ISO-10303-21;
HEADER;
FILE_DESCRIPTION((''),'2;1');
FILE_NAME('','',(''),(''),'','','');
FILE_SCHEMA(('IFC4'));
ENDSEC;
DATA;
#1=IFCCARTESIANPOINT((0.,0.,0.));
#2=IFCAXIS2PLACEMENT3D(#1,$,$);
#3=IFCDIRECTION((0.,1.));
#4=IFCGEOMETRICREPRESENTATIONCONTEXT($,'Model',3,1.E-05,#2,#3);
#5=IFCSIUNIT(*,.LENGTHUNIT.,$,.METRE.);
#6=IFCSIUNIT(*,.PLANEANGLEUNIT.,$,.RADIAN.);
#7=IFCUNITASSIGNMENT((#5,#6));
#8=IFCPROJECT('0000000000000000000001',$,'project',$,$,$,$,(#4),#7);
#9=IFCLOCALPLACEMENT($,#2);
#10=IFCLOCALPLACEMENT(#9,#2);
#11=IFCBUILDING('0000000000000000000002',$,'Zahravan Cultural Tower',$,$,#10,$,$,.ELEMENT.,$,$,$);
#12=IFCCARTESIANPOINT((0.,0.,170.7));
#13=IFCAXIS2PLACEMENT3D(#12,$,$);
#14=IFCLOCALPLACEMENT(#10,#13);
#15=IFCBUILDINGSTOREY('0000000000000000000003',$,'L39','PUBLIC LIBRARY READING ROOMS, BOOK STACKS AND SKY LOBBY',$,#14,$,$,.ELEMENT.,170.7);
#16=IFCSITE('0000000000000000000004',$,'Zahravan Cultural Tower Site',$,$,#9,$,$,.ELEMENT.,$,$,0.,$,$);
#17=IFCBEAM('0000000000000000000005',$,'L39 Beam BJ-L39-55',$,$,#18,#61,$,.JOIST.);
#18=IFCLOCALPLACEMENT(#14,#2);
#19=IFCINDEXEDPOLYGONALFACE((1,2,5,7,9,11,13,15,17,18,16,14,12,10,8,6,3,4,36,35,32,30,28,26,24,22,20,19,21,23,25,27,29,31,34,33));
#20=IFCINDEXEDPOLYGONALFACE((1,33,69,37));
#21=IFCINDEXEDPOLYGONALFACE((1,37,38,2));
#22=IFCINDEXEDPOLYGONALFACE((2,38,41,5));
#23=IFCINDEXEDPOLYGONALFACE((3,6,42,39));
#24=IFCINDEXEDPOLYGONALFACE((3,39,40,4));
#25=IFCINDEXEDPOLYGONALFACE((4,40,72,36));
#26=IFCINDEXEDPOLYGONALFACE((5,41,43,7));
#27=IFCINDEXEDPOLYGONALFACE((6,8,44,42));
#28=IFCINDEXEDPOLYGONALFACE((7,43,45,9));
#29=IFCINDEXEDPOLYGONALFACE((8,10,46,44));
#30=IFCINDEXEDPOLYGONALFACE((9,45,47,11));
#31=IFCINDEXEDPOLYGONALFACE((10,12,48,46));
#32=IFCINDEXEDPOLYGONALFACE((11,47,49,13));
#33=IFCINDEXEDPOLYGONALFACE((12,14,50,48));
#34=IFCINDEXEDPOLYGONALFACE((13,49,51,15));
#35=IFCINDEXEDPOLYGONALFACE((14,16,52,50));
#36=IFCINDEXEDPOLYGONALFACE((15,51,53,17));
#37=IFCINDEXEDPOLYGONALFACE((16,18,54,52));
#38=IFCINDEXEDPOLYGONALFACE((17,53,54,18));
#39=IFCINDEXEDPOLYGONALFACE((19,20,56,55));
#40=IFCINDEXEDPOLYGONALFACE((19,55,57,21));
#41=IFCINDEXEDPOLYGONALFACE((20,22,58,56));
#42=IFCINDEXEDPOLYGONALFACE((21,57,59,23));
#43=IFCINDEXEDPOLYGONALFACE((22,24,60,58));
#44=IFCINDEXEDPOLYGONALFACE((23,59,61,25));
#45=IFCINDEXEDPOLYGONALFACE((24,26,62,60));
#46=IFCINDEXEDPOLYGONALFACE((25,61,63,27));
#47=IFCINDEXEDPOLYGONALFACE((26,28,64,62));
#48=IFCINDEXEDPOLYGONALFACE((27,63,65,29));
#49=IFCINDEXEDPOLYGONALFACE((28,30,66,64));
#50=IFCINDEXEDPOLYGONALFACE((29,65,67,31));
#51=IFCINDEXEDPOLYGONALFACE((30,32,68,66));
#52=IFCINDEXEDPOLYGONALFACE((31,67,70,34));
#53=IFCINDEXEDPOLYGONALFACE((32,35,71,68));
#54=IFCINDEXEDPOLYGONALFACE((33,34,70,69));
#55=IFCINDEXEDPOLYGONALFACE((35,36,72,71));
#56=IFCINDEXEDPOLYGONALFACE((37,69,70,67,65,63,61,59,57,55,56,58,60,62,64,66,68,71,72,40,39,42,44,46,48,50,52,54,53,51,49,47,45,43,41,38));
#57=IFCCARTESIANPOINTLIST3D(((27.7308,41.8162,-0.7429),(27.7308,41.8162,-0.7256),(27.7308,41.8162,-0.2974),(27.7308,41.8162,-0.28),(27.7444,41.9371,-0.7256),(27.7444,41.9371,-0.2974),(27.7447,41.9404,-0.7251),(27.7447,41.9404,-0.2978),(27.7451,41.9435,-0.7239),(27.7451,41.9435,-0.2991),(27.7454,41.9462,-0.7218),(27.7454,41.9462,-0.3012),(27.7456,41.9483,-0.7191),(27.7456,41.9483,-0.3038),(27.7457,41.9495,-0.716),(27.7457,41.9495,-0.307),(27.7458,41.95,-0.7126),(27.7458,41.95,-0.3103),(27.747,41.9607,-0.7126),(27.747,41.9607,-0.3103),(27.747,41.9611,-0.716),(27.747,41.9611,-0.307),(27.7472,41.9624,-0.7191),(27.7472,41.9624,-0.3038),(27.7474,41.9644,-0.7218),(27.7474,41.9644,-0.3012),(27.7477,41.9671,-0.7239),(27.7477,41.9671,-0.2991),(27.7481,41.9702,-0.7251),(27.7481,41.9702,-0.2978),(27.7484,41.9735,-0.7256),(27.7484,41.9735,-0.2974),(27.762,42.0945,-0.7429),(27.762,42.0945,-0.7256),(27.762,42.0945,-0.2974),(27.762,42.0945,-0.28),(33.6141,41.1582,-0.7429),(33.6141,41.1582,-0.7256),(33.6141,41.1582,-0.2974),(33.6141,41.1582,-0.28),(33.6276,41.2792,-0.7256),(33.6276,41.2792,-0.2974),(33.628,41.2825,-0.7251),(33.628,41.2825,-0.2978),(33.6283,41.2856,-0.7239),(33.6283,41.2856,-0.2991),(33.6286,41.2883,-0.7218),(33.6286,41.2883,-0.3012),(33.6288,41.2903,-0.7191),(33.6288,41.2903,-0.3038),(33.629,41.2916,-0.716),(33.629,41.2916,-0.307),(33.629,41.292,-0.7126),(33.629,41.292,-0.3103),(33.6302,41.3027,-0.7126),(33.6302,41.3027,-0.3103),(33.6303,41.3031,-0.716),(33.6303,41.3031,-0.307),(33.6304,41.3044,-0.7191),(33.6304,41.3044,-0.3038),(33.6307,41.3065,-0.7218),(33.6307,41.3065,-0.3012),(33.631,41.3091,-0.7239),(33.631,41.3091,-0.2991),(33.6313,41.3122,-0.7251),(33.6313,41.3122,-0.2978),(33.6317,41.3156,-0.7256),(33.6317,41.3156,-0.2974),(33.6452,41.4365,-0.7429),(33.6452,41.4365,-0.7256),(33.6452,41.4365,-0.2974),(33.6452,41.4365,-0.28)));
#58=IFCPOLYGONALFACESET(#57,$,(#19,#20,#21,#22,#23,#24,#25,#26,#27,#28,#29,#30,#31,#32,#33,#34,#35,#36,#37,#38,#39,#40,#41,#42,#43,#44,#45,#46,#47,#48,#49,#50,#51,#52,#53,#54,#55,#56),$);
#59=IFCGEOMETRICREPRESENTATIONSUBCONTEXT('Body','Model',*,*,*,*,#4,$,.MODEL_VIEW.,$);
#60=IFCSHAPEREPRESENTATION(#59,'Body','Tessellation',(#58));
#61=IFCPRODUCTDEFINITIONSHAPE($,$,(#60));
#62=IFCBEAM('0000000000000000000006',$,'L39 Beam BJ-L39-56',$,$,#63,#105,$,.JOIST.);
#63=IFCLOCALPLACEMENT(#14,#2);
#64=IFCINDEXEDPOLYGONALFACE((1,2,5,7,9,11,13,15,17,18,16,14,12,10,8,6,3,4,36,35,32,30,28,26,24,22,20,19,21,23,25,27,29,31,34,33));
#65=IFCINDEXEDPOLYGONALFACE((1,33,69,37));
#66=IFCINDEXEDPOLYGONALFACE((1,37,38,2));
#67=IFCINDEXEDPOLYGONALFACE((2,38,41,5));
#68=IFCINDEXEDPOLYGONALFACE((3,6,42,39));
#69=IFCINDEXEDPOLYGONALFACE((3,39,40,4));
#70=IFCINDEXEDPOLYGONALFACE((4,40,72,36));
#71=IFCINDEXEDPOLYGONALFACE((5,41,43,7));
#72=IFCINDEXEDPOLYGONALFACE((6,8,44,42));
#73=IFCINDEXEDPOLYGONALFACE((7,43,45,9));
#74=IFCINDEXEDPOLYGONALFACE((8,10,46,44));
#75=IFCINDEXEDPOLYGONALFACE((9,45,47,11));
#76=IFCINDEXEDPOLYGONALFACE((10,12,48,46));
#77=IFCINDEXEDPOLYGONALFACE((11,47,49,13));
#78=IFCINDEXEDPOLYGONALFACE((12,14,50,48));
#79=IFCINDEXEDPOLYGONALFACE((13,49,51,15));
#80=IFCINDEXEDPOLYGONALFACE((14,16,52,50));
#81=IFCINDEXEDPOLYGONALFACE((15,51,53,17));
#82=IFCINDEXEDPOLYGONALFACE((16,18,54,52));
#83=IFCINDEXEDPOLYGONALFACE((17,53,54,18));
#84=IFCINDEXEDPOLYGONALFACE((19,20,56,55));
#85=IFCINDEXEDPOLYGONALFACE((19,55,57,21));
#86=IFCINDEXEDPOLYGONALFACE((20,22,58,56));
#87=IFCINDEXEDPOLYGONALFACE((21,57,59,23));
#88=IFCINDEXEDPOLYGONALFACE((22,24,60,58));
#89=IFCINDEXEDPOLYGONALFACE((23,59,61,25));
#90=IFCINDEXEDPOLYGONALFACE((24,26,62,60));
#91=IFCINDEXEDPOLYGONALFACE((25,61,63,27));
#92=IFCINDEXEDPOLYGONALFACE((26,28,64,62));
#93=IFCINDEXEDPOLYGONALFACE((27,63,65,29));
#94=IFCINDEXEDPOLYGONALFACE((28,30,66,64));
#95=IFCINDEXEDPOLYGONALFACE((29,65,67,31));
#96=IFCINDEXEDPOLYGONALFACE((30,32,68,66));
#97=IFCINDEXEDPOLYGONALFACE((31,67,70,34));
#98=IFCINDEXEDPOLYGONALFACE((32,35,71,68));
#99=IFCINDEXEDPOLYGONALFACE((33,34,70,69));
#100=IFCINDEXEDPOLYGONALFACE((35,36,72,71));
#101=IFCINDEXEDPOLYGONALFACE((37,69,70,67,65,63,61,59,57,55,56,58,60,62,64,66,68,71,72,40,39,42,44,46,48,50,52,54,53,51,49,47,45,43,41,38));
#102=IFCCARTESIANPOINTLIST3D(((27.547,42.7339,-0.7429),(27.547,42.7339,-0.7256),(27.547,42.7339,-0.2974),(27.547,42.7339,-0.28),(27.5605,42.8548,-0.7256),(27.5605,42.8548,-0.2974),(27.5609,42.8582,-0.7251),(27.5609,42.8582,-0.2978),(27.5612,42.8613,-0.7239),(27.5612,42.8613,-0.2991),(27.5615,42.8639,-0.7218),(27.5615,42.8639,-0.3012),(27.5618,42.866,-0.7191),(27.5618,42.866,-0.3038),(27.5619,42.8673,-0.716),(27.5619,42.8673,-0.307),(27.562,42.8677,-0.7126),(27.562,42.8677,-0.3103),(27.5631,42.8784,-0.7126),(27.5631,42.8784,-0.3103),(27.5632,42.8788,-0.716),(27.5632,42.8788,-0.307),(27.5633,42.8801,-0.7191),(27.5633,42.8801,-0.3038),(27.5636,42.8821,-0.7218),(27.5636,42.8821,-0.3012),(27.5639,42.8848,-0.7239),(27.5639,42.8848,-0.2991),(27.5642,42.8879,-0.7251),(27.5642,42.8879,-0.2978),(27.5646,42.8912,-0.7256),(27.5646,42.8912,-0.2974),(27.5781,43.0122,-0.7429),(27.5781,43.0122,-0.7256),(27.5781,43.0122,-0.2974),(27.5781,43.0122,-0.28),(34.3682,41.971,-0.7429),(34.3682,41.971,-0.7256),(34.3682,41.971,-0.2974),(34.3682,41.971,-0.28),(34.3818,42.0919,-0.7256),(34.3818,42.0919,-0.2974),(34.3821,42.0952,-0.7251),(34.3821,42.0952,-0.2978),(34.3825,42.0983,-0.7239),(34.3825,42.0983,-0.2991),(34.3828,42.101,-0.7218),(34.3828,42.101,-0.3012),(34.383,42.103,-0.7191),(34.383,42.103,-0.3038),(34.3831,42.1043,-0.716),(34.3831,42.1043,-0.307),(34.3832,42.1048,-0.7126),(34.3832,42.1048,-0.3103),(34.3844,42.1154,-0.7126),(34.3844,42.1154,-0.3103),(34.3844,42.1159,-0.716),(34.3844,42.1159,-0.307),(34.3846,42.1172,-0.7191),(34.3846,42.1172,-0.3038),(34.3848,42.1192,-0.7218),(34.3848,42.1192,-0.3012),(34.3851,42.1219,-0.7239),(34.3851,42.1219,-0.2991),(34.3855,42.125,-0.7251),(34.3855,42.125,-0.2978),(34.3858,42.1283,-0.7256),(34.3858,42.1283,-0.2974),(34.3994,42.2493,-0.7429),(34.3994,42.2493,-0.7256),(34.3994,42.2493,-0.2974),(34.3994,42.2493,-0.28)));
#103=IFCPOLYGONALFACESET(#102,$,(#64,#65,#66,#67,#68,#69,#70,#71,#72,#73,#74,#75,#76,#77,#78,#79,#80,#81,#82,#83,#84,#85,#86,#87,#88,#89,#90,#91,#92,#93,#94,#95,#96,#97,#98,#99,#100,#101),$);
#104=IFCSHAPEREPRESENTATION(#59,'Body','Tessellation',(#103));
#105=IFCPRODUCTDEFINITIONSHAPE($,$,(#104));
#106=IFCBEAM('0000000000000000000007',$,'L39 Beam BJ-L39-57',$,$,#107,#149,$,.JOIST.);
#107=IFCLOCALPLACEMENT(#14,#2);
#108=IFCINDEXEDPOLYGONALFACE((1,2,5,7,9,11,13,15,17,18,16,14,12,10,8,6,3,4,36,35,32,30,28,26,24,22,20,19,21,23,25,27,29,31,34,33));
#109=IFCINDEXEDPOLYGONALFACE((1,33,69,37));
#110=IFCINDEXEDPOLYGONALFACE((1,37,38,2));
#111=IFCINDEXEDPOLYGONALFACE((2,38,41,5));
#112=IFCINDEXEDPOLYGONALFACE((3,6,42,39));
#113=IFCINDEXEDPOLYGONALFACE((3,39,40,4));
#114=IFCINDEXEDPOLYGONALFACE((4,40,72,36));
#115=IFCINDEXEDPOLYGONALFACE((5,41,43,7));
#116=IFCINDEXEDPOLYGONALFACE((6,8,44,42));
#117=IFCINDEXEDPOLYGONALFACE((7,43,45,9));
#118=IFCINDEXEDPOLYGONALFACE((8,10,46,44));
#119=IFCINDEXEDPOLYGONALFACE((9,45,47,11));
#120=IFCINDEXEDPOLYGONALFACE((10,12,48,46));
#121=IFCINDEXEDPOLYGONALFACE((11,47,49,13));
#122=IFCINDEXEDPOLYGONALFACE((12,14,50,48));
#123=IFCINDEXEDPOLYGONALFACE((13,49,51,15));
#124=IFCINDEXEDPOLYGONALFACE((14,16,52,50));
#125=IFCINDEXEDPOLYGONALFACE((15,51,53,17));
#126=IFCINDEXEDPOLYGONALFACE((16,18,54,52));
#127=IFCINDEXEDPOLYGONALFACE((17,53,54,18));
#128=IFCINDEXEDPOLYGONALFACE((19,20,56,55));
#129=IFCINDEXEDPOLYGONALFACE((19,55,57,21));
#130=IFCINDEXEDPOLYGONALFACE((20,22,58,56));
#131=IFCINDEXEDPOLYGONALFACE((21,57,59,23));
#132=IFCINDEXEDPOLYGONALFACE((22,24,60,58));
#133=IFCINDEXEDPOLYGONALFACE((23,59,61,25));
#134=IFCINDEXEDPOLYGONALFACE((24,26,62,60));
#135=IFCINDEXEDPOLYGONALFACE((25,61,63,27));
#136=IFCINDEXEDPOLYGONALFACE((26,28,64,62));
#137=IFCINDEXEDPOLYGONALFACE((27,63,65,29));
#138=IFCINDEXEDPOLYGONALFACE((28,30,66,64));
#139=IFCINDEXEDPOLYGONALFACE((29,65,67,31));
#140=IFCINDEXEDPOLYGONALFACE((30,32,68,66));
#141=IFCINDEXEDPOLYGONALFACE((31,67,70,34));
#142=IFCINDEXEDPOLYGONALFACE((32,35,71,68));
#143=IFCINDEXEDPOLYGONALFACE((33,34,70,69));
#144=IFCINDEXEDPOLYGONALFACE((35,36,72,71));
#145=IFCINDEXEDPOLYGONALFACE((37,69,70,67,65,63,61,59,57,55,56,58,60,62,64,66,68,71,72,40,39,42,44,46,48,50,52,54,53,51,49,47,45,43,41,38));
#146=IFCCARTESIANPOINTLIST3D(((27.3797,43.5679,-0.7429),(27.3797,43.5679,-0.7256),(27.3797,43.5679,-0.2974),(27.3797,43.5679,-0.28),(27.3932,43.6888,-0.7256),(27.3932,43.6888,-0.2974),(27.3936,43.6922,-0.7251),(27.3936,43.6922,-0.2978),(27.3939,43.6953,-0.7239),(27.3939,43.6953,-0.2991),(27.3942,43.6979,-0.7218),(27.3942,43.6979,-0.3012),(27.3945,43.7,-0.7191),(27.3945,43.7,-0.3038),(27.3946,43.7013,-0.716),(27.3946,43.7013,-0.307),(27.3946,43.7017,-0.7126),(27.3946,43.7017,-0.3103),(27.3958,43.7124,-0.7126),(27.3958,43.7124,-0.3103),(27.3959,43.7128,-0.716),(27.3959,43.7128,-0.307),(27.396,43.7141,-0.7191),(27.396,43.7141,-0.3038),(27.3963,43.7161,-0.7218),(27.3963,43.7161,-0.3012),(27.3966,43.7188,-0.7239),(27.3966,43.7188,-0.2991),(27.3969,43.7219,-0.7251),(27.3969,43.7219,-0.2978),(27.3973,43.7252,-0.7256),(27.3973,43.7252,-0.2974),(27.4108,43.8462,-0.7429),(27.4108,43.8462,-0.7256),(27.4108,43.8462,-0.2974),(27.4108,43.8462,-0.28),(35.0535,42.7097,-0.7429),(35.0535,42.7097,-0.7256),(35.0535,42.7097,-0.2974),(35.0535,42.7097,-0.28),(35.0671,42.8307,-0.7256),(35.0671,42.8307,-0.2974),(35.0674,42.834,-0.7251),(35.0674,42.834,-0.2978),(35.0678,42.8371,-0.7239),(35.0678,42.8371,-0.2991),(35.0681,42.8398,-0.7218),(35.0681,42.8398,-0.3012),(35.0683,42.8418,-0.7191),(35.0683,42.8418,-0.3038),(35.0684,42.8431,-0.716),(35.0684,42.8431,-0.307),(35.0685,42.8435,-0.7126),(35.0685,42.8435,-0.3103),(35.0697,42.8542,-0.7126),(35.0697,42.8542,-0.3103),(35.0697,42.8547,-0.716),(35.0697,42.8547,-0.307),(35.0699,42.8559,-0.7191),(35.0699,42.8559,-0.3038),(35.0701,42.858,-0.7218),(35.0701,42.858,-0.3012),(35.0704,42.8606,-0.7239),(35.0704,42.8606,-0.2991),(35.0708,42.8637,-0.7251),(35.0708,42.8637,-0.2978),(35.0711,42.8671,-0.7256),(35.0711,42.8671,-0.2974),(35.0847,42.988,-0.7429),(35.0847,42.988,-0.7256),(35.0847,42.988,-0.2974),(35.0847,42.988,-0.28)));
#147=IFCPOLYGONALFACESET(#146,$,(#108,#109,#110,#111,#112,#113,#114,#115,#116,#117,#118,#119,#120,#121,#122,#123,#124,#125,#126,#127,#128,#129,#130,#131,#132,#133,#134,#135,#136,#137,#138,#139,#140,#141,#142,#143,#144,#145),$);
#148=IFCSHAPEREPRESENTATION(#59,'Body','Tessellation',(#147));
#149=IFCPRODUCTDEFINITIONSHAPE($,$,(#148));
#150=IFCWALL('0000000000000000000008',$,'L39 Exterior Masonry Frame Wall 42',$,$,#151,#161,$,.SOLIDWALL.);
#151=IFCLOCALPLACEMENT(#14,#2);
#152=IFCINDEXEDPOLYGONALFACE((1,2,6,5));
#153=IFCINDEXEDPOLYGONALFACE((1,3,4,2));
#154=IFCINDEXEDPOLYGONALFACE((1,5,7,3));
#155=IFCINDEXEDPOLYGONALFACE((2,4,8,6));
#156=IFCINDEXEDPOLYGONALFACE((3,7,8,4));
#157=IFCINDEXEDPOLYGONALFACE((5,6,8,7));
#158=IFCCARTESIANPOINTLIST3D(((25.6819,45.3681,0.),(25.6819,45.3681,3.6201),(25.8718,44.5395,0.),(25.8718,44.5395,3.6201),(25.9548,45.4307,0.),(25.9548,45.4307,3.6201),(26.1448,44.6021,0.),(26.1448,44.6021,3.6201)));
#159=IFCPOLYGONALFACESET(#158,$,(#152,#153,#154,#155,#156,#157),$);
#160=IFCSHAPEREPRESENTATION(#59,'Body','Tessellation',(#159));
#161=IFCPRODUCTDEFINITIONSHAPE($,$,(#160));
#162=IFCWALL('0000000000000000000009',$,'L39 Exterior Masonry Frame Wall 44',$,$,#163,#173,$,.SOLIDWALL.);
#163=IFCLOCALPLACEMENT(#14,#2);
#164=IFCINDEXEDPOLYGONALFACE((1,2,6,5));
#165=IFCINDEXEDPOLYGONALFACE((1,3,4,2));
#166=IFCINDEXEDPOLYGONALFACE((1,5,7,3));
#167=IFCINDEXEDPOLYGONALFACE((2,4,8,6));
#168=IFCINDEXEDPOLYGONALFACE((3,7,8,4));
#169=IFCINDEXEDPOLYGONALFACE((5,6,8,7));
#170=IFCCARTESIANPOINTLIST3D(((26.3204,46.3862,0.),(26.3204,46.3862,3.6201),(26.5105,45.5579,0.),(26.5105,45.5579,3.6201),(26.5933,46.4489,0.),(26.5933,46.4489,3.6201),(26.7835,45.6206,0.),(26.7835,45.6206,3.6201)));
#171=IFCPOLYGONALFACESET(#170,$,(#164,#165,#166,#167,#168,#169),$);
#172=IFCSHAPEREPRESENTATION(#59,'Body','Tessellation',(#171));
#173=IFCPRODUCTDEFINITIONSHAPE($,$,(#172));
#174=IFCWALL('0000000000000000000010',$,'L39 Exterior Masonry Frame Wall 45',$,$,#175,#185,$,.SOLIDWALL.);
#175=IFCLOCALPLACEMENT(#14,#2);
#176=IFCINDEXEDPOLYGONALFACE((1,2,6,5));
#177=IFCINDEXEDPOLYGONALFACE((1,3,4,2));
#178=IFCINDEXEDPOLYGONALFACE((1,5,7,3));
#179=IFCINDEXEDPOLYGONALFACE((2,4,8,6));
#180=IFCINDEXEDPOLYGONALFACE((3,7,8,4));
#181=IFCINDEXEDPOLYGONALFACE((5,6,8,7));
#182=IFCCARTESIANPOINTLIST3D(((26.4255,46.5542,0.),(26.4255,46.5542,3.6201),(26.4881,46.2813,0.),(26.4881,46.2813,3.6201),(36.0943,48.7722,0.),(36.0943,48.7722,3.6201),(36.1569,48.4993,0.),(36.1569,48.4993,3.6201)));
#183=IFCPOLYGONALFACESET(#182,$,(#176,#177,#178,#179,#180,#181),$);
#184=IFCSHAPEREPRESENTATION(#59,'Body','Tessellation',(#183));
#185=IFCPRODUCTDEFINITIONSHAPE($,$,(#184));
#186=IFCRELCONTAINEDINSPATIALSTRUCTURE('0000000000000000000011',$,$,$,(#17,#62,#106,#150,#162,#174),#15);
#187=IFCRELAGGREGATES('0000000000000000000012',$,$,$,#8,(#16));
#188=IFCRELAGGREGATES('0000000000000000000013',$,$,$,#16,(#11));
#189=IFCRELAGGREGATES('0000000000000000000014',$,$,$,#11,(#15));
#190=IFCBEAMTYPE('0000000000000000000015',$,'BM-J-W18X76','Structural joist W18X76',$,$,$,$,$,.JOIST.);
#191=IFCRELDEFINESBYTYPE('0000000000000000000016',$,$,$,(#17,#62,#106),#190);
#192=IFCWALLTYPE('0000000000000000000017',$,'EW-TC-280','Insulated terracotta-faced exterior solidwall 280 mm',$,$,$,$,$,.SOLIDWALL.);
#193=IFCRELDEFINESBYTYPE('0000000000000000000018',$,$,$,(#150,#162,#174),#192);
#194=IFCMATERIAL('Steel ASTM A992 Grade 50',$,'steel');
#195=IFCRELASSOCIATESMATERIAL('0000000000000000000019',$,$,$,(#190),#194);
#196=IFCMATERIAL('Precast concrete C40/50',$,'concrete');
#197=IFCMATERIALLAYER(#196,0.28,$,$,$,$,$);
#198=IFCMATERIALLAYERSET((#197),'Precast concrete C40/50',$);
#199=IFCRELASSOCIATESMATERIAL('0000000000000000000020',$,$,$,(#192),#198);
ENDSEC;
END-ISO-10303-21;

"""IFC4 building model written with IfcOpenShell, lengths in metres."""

from ifc_helpers import new_model, si_unit, direction, frame, frame_2d, origin, origin_2d, place, context, subcontext, project, spatial, rectangle, i_section, extrude, source, transform, mapped, material, layer, layer_set, material_profile, profile_set, type_object, element, save


model = new_model("IFC4")

# Units and contexts
model_context = context("Model", 3, precision=1e-05, world=origin(), true_north=direction((0.0, 1.0)))
body_context = subcontext(model_context, "Body", "Model", "MODEL_VIEW")
ifc_project = project(units=[si_unit("LENGTHUNIT", "METRE"), si_unit("PLANEANGLEUNIT", "RADIAN")], contexts=[model_context])

# Site, building, storey
site_placement = place(None, origin())
site = spatial("IfcSite", under=ifc_project, at=site_placement, Name="Zahravan Cultural Tower Site", CompositionType="ELEMENT", RefElevation=0.0)
building_placement = place(site_placement, origin())
building = spatial("IfcBuilding", under=site, at=building_placement, Name="Zahravan Cultural Tower", CompositionType="ELEMENT")
storey_placement = place(building_placement, frame((0.0, 0.0, 170.7)))
storey = spatial("IfcBuildingStorey", under=building, at=storey_placement, Name="L39", Description="PUBLIC LIBRARY READING ROOMS, BOOK STACKS AND SKY LOBBY", CompositionType="ELEMENT", Elevation=170.7)

# Shared definitions
ifc_material_1 = material(Name="Steel ASTM A992 Grade 50", Category="steel")

# Beams
ifc_material_profile_1 = material_profile(ifc_material_1, i_section(OverallWidth=0.28, OverallDepth=0.4629, WebThickness=0.0107, FlangeThickness=0.0173, FilletRadius=0.0129, at=origin_2d()), Name="W18X76")
ifc_profile_set_1 = profile_set([ifc_material_profile_1], Name="Steel ASTM A992 Grade 50")
beam_type_1 = type_object("IfcBeamType", Name="BM-J-W18X76", Description="Structural joist W18X76", PredefinedType="JOIST", material=ifc_profile_set_1)
shared_shape_1 = source(origin(), body_context, "Body", "SweptSolid", [
    extrude(i_section(OverallWidth=0.28, OverallDepth=0.4629, WebThickness=0.0107, FlangeThickness=0.0173, FilletRadius=0.0129, at=origin_2d()), origin(), (0.0, 0.0, 1.0), 5.9199),
])
beam_1_placement = place(storey_placement, frame((33.6296, 41.2974, -0.5115), z_axis=(-0.993805, 0.111142, 0.0), x_axis=(-0.111142, -0.993805, 0.0)))
element("IfcBeam", 1, at=beam_1_placement, inside=storey, type_object=beam_type_1, Name="L39 Beam BJ-L39-55", PredefinedType="JOIST", context=body_context, shape_type="MappedRepresentation", body=[
    mapped(shared_shape_1, transform((0.0, 0.0, 0.0), x_axis=(1.0, 0.0, 0.0), y_axis=(0.0, 1.0, 0.0), z_axis=(0.0, 0.0, 1.0), scale=1.0)),
])
shared_shape_2 = source(origin(), body_context, "Body", "SweptSolid", [
    extrude(i_section(OverallWidth=0.28, OverallDepth=0.4629, WebThickness=0.0107, FlangeThickness=0.0173, FilletRadius=0.0129, at=origin_2d()), origin(), (0.0, 0.0, 1.0), 6.8638),
])
beam_2_placement = place(storey_placement, frame((34.3838, 42.1101, -0.5115), z_axis=(-0.993803, 0.111154, 0.0), x_axis=(-0.111154, -0.993803, 0.0)))
element("IfcBeam", 2, at=beam_2_placement, inside=storey, type_object=beam_type_1, Name="L39 Beam BJ-L39-56", PredefinedType="JOIST", context=body_context, shape_type="MappedRepresentation", body=[
    mapped(shared_shape_2, transform((0.0, 0.0, 0.0), x_axis=(1.0, 0.0, 0.0), y_axis=(0.0, 1.0, 0.0), z_axis=(0.0, 0.0, 1.0), scale=1.0)),
])
shared_shape_3 = source(origin(), body_context, "Body", "SweptSolid", [
    extrude(i_section(OverallWidth=0.28, OverallDepth=0.4629, WebThickness=0.0107, FlangeThickness=0.0173, FilletRadius=0.0129, at=origin_2d()), origin(), (0.0, 0.0, 1.0), 7.7217),
])
beam_3_placement = place(storey_placement, frame((35.0691, 42.8489, -0.5115), z_axis=(-0.993805, 0.111136, 0.0), x_axis=(-0.111136, -0.993805, 0.0)))
element("IfcBeam", 3, at=beam_3_placement, inside=storey, type_object=beam_type_1, Name="L39 Beam BJ-L39-57", PredefinedType="JOIST", context=body_context, shape_type="MappedRepresentation", body=[
    mapped(shared_shape_3, transform((0.0, 0.0, 0.0), x_axis=(1.0, 0.0, 0.0), y_axis=(0.0, 1.0, 0.0), z_axis=(0.0, 0.0, 1.0), scale=1.0)),
])

# Walls
ifc_material_2 = material(Name="Precast concrete C40/50", Category="concrete")
ifc_layer_1 = layer(ifc_material_2, 0.28)
ifc_layer_set_1 = layer_set([ifc_layer_1], Name="Precast concrete C40/50")
wall_type_1 = type_object("IfcWallType", Name="EW-TC-280", Description="Insulated terracotta-faced exterior solidwall 280 mm", PredefinedType="SOLIDWALL", material=ifc_layer_set_1)
shared_shape_4 = source(origin(), body_context, "Body", "SweptSolid", [
    extrude(rectangle(XDim=0.8501, YDim=0.28, at=frame_2d((0.425, 0.0))), origin(), (0.0, 0.0, 1.0), 3.6201),
])
wall_1_placement = place(storey_placement, frame((26.0083, 44.5708, 0.0), z_axis=(0.0, 0.0, 1.0), x_axis=(-0.223433, 0.974719, 0.0)))
element("IfcWall", 4, at=wall_1_placement, inside=storey, type_object=wall_type_1, Name="L39 Exterior Masonry Frame Wall 42", PredefinedType="SOLIDWALL", context=body_context, shape_type="MappedRepresentation", body=[
    mapped(shared_shape_4, transform((0.0, 0.0, 0.0), x_axis=(1.0, 0.0, 0.0), y_axis=(0.0, 1.0, 0.0), z_axis=(0.0, 0.0, 1.0), scale=1.0)),
])
shared_shape_5 = source(origin(), body_context, "Body", "SweptSolid", [
    extrude(rectangle(XDim=0.8499, YDim=0.28, at=frame_2d((0.4248, 0.0))), origin(), (0.0, 0.0, 1.0), 3.6201),
])
wall_2_placement = place(storey_placement, frame((26.647, 45.5894, 0.0), z_axis=(0.0, 0.0, 1.0), x_axis=(-0.223768, 0.974642, 0.0)))
element("IfcWall", 5, at=wall_2_placement, inside=storey, type_object=wall_type_1, Name="L39 Exterior Masonry Frame Wall 44", PredefinedType="SOLIDWALL", context=body_context, shape_type="MappedRepresentation", body=[
    mapped(shared_shape_5, transform((0.0, 0.0, 0.0), x_axis=(1.0, 0.0, 0.0), y_axis=(0.0, 1.0, 0.0), z_axis=(0.0, 0.0, 1.0), scale=1.0)),
])
shared_shape_6 = source(origin(), body_context, "Body", "SweptSolid", [
    extrude(rectangle(XDim=9.9199, YDim=0.28, at=frame_2d((4.96, 0.0))), origin(), (0.0, 0.0, 1.0), 3.6201),
])
wall_3_placement = place(storey_placement, frame((26.4568, 46.4177, 0.0), z_axis=(0.0, 0.0, 1.0), x_axis=(0.974682, 0.223594, 0.0)))
element("IfcWall", 6, at=wall_3_placement, inside=storey, type_object=wall_type_1, Name="L39 Exterior Masonry Frame Wall 45", PredefinedType="SOLIDWALL", context=body_context, shape_type="MappedRepresentation", body=[
    mapped(shared_shape_6, transform((0.0, 0.0, 0.0), x_axis=(1.0, 0.0, 0.0), y_axis=(0.0, 1.0, 0.0), z_axis=(0.0, 0.0, 1.0), scale=1.0)),
])

save(model, "model.ifc")
